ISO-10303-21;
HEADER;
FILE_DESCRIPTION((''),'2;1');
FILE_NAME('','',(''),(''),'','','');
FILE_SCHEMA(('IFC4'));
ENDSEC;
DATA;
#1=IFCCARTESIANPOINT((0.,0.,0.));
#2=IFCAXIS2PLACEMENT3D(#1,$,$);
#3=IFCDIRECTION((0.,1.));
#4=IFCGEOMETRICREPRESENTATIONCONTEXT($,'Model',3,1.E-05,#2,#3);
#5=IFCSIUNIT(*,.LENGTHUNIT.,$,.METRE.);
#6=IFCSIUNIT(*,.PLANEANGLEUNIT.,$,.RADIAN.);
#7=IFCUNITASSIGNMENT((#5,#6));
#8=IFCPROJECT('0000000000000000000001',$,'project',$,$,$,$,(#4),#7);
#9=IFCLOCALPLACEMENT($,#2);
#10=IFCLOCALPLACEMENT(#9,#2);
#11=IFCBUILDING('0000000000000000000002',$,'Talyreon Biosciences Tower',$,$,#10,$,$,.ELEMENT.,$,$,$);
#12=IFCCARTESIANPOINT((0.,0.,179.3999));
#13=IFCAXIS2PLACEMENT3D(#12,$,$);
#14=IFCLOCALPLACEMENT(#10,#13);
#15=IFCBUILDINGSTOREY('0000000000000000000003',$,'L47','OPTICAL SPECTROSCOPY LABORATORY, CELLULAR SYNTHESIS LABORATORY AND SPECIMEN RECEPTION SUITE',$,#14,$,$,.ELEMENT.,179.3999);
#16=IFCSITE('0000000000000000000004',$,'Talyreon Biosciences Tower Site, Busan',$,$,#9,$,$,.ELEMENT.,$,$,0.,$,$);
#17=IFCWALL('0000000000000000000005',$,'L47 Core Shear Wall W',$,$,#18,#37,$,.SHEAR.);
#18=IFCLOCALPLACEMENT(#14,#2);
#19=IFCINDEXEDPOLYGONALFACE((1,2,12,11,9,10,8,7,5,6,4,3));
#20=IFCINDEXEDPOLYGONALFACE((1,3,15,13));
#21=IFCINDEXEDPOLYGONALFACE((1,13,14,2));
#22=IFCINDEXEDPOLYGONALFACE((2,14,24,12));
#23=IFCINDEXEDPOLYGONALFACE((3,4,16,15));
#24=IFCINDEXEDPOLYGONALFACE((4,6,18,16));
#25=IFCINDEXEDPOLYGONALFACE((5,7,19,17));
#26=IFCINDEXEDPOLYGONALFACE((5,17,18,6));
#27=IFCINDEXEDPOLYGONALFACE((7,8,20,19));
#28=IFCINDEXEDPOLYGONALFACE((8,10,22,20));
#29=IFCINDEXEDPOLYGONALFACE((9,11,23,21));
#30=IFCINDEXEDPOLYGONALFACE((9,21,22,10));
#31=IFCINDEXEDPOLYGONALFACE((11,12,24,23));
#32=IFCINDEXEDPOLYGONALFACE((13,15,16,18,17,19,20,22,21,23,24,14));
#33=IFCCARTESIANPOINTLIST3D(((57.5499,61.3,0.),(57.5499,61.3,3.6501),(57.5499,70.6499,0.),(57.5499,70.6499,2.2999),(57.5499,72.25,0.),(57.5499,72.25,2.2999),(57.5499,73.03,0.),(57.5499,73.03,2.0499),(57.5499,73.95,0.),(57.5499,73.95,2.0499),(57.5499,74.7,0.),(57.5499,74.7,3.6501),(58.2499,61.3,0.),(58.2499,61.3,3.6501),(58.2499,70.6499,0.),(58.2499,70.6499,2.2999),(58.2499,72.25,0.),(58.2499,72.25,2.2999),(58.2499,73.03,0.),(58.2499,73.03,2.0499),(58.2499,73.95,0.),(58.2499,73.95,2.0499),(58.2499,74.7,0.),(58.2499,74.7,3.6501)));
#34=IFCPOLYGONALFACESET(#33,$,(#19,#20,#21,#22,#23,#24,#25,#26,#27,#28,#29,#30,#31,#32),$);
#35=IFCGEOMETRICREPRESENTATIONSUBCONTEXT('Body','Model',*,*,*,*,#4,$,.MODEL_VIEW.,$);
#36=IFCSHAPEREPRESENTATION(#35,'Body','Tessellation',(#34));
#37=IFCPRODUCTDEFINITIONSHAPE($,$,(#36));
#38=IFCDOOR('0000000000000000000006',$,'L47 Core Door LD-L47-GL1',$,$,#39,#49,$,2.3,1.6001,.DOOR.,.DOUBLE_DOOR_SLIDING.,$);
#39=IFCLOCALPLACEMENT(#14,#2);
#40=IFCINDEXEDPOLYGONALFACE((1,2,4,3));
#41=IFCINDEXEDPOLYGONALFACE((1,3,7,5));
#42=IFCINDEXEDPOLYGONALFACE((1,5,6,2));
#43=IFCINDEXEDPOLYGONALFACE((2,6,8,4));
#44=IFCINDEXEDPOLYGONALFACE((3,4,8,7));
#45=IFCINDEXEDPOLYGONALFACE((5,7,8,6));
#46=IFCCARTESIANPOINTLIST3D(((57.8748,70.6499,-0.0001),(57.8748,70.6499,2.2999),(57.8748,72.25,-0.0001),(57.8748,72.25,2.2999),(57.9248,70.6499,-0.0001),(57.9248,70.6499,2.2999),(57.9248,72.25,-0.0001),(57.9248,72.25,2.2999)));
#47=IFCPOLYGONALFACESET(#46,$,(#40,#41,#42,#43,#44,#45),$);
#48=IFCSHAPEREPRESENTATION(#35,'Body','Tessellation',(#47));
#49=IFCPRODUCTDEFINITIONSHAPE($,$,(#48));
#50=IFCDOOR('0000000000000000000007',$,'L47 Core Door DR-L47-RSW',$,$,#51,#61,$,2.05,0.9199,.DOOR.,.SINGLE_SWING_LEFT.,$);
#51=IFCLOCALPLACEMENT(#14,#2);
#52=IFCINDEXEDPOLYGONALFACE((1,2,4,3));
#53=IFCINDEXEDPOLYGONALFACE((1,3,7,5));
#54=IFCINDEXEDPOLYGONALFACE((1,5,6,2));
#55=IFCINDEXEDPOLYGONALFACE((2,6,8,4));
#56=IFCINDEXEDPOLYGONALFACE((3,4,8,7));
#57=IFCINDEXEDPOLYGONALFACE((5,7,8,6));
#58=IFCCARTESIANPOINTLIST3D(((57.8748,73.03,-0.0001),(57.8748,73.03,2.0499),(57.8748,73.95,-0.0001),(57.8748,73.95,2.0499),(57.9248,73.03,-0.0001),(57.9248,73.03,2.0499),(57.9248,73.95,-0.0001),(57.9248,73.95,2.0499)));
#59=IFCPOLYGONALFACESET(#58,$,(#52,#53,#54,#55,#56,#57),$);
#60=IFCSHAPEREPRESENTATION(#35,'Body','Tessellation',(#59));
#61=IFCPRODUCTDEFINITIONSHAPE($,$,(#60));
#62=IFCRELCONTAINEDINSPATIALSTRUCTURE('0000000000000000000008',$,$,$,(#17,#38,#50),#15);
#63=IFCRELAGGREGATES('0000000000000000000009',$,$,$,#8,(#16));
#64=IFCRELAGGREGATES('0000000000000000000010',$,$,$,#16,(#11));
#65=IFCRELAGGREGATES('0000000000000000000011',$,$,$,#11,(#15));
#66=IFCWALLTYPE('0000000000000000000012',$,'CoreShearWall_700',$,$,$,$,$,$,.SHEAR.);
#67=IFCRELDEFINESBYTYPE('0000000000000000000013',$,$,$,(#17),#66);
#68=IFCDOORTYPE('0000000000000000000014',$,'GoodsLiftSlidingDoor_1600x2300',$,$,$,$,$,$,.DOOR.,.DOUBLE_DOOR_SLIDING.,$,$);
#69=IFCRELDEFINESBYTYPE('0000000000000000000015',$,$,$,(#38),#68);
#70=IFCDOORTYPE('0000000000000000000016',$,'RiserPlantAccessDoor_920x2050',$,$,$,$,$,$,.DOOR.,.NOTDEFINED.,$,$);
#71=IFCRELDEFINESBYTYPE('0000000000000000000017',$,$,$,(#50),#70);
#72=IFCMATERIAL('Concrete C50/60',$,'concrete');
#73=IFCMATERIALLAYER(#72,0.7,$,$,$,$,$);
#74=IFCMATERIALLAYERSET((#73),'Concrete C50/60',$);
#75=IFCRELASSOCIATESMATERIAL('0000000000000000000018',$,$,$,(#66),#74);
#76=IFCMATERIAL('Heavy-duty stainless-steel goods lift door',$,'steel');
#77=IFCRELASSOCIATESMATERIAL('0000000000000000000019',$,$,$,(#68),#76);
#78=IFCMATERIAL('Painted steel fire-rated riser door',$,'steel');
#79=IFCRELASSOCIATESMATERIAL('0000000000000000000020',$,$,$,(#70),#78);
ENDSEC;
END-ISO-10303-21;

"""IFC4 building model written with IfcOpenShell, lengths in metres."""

from ifc_helpers import new_model, si_unit, direction, frame, frame_2d, origin, place, context, subcontext, project, spatial, rectangle, extrude, material, layer, layer_set, type_object, element, fill, save


model = new_model("IFC4")

# Units and contexts
model_context = context("Model", 3, precision=1e-05, world=origin(), true_north=direction((0.0, 1.0)))
body_context = subcontext(model_context, "Body", "Model", "MODEL_VIEW")
ifc_project = project(units=[si_unit("LENGTHUNIT", "METRE"), si_unit("PLANEANGLEUNIT", "RADIAN")], contexts=[model_context])

# Site, building, storey
site_placement = place(None, origin())
site = spatial("IfcSite", under=ifc_project, at=site_placement, Name="Talyreon Biosciences Tower Site, Busan", CompositionType="ELEMENT", RefElevation=0.0)
building_placement = place(site_placement, origin())
building = spatial("IfcBuilding", under=site, at=building_placement, Name="Talyreon Biosciences Tower", CompositionType="ELEMENT")
storey_placement = place(building_placement, frame((0.0, 0.0, 179.3999)))
storey = spatial("IfcBuildingStorey", under=building, at=storey_placement, Name="L47", Description="OPTICAL SPECTROSCOPY LABORATORY, CELLULAR SYNTHESIS LABORATORY AND SPECIMEN RECEPTION SUITE", CompositionType="ELEMENT", Elevation=179.3999)

# Shared definitions
ifc_material_1 = material(Name="Concrete C50/60", Category="concrete")

# Shared definitions
ifc_layer_1 = layer(ifc_material_1, 0.7)
ifc_layer_set_1 = layer_set([ifc_layer_1], Name="Concrete C50/60")
wall_type_1 = type_object("IfcWallType", Name="CoreShearWall_700", PredefinedType="SHEAR", material=ifc_layer_set_1)

# Wall, openings, doors
wall_1_placement = place(storey_placement, frame((57.8999, 74.7, 0.0), z_axis=(0.0, 0.0, 1.0), x_axis=(0.0, -1.0, 0.0)))
wall_1 = element("IfcWall", 1, at=wall_1_placement, inside=storey, type_object=wall_type_1, Name="L47 Core Shear Wall W", PredefinedType="SHEAR", context=body_context, shape_type="SweptSolid", body=[
    extrude(rectangle(XDim=13.3999, YDim=0.7, at=frame_2d((6.7, 0.0))), origin(), (0.0, 0.0, 1.0), 3.6501),
])
opening_1_placement = place(wall_1_placement, frame((0.75, 0.0, 0.0)))
opening_1 = element("IfcOpeningElement", 2, at=opening_1_placement, cuts=wall_1, PredefinedType="OPENING", context=body_context, shape_type="SweptSolid", body=[
    extrude(rectangle(XDim=0.9199, YDim=2.05, at=frame_2d((0.46, 1.0249))), frame((0.0, 0.3599, 0.0), z_axis=(0.0, -1.0, 0.0), x_axis=(1.0, 0.0, 0.0)), (0.0, 0.0, 1.0), 0.72),
])
opening_2_placement = place(wall_1_placement, frame((2.45, 0.0, 0.0)))
opening_2 = element("IfcOpeningElement", 3, at=opening_2_placement, cuts=wall_1, PredefinedType="OPENING", context=body_context, shape_type="SweptSolid", body=[
    extrude(rectangle(XDim=1.6001, YDim=2.3, at=frame_2d((0.8, 1.1499))), frame((0.0, 0.3599, 0.0), z_axis=(0.0, -1.0, 0.0), x_axis=(1.0, 0.0, 0.0)), (0.0, 0.0, 1.0), 0.72),
])
ifc_material_2 = material(Name="Heavy-duty stainless-steel goods lift door", Category="steel")
door_type_1 = type_object("IfcDoorType", Name="GoodsLiftSlidingDoor_1600x2300", OperationType="DOUBLE_DOOR_SLIDING", PredefinedType="DOOR", material=ifc_material_2)
door_1_placement = place(opening_2_placement, origin())
door_1 = element("IfcDoor", 4, at=door_1_placement, inside=storey, type_object=door_type_1, Name="L47 Core Door LD-L47-GL1", OperationType="DOUBLE_DOOR_SLIDING", OverallHeight=2.3, OverallWidth=1.6001, PredefinedType="DOOR", context=body_context, shape_type="SweptSolid", body=[
    extrude(rectangle(XDim=1.6001, YDim=2.3, at=frame_2d((0.8, 1.1499))), frame((0.0, 0.0249, 0.0), z_axis=(0.0, -1.0, 0.0), x_axis=(1.0, 0.0, 0.0)), (0.0, 0.0, 1.0), 0.05),
])
fill(opening_2, door_1)
ifc_material_3 = material(Name="Painted steel fire-rated riser door", Category="steel")
door_type_2 = type_object("IfcDoorType", Name="RiserPlantAccessDoor_920x2050", OperationType="NOTDEFINED", PredefinedType="DOOR", material=ifc_material_3)
door_2_placement = place(opening_1_placement, origin())
door_2 = element("IfcDoor", 5, at=door_2_placement, inside=storey, type_object=door_type_2, Name="L47 Core Door DR-L47-RSW", OperationType="SINGLE_SWING_LEFT", OverallHeight=2.05, OverallWidth=0.9199, PredefinedType="DOOR", context=body_context, shape_type="SweptSolid", body=[
    extrude(rectangle(XDim=0.9199, YDim=2.05, at=frame_2d((0.46, 1.0249))), frame((0.0, 0.0249, 0.0), z_axis=(0.0, -1.0, 0.0), x_axis=(1.0, 0.0, 0.0)), (0.0, 0.0, 1.0), 0.05),
])
fill(opening_1, door_2)

save(model, "model.ifc")
